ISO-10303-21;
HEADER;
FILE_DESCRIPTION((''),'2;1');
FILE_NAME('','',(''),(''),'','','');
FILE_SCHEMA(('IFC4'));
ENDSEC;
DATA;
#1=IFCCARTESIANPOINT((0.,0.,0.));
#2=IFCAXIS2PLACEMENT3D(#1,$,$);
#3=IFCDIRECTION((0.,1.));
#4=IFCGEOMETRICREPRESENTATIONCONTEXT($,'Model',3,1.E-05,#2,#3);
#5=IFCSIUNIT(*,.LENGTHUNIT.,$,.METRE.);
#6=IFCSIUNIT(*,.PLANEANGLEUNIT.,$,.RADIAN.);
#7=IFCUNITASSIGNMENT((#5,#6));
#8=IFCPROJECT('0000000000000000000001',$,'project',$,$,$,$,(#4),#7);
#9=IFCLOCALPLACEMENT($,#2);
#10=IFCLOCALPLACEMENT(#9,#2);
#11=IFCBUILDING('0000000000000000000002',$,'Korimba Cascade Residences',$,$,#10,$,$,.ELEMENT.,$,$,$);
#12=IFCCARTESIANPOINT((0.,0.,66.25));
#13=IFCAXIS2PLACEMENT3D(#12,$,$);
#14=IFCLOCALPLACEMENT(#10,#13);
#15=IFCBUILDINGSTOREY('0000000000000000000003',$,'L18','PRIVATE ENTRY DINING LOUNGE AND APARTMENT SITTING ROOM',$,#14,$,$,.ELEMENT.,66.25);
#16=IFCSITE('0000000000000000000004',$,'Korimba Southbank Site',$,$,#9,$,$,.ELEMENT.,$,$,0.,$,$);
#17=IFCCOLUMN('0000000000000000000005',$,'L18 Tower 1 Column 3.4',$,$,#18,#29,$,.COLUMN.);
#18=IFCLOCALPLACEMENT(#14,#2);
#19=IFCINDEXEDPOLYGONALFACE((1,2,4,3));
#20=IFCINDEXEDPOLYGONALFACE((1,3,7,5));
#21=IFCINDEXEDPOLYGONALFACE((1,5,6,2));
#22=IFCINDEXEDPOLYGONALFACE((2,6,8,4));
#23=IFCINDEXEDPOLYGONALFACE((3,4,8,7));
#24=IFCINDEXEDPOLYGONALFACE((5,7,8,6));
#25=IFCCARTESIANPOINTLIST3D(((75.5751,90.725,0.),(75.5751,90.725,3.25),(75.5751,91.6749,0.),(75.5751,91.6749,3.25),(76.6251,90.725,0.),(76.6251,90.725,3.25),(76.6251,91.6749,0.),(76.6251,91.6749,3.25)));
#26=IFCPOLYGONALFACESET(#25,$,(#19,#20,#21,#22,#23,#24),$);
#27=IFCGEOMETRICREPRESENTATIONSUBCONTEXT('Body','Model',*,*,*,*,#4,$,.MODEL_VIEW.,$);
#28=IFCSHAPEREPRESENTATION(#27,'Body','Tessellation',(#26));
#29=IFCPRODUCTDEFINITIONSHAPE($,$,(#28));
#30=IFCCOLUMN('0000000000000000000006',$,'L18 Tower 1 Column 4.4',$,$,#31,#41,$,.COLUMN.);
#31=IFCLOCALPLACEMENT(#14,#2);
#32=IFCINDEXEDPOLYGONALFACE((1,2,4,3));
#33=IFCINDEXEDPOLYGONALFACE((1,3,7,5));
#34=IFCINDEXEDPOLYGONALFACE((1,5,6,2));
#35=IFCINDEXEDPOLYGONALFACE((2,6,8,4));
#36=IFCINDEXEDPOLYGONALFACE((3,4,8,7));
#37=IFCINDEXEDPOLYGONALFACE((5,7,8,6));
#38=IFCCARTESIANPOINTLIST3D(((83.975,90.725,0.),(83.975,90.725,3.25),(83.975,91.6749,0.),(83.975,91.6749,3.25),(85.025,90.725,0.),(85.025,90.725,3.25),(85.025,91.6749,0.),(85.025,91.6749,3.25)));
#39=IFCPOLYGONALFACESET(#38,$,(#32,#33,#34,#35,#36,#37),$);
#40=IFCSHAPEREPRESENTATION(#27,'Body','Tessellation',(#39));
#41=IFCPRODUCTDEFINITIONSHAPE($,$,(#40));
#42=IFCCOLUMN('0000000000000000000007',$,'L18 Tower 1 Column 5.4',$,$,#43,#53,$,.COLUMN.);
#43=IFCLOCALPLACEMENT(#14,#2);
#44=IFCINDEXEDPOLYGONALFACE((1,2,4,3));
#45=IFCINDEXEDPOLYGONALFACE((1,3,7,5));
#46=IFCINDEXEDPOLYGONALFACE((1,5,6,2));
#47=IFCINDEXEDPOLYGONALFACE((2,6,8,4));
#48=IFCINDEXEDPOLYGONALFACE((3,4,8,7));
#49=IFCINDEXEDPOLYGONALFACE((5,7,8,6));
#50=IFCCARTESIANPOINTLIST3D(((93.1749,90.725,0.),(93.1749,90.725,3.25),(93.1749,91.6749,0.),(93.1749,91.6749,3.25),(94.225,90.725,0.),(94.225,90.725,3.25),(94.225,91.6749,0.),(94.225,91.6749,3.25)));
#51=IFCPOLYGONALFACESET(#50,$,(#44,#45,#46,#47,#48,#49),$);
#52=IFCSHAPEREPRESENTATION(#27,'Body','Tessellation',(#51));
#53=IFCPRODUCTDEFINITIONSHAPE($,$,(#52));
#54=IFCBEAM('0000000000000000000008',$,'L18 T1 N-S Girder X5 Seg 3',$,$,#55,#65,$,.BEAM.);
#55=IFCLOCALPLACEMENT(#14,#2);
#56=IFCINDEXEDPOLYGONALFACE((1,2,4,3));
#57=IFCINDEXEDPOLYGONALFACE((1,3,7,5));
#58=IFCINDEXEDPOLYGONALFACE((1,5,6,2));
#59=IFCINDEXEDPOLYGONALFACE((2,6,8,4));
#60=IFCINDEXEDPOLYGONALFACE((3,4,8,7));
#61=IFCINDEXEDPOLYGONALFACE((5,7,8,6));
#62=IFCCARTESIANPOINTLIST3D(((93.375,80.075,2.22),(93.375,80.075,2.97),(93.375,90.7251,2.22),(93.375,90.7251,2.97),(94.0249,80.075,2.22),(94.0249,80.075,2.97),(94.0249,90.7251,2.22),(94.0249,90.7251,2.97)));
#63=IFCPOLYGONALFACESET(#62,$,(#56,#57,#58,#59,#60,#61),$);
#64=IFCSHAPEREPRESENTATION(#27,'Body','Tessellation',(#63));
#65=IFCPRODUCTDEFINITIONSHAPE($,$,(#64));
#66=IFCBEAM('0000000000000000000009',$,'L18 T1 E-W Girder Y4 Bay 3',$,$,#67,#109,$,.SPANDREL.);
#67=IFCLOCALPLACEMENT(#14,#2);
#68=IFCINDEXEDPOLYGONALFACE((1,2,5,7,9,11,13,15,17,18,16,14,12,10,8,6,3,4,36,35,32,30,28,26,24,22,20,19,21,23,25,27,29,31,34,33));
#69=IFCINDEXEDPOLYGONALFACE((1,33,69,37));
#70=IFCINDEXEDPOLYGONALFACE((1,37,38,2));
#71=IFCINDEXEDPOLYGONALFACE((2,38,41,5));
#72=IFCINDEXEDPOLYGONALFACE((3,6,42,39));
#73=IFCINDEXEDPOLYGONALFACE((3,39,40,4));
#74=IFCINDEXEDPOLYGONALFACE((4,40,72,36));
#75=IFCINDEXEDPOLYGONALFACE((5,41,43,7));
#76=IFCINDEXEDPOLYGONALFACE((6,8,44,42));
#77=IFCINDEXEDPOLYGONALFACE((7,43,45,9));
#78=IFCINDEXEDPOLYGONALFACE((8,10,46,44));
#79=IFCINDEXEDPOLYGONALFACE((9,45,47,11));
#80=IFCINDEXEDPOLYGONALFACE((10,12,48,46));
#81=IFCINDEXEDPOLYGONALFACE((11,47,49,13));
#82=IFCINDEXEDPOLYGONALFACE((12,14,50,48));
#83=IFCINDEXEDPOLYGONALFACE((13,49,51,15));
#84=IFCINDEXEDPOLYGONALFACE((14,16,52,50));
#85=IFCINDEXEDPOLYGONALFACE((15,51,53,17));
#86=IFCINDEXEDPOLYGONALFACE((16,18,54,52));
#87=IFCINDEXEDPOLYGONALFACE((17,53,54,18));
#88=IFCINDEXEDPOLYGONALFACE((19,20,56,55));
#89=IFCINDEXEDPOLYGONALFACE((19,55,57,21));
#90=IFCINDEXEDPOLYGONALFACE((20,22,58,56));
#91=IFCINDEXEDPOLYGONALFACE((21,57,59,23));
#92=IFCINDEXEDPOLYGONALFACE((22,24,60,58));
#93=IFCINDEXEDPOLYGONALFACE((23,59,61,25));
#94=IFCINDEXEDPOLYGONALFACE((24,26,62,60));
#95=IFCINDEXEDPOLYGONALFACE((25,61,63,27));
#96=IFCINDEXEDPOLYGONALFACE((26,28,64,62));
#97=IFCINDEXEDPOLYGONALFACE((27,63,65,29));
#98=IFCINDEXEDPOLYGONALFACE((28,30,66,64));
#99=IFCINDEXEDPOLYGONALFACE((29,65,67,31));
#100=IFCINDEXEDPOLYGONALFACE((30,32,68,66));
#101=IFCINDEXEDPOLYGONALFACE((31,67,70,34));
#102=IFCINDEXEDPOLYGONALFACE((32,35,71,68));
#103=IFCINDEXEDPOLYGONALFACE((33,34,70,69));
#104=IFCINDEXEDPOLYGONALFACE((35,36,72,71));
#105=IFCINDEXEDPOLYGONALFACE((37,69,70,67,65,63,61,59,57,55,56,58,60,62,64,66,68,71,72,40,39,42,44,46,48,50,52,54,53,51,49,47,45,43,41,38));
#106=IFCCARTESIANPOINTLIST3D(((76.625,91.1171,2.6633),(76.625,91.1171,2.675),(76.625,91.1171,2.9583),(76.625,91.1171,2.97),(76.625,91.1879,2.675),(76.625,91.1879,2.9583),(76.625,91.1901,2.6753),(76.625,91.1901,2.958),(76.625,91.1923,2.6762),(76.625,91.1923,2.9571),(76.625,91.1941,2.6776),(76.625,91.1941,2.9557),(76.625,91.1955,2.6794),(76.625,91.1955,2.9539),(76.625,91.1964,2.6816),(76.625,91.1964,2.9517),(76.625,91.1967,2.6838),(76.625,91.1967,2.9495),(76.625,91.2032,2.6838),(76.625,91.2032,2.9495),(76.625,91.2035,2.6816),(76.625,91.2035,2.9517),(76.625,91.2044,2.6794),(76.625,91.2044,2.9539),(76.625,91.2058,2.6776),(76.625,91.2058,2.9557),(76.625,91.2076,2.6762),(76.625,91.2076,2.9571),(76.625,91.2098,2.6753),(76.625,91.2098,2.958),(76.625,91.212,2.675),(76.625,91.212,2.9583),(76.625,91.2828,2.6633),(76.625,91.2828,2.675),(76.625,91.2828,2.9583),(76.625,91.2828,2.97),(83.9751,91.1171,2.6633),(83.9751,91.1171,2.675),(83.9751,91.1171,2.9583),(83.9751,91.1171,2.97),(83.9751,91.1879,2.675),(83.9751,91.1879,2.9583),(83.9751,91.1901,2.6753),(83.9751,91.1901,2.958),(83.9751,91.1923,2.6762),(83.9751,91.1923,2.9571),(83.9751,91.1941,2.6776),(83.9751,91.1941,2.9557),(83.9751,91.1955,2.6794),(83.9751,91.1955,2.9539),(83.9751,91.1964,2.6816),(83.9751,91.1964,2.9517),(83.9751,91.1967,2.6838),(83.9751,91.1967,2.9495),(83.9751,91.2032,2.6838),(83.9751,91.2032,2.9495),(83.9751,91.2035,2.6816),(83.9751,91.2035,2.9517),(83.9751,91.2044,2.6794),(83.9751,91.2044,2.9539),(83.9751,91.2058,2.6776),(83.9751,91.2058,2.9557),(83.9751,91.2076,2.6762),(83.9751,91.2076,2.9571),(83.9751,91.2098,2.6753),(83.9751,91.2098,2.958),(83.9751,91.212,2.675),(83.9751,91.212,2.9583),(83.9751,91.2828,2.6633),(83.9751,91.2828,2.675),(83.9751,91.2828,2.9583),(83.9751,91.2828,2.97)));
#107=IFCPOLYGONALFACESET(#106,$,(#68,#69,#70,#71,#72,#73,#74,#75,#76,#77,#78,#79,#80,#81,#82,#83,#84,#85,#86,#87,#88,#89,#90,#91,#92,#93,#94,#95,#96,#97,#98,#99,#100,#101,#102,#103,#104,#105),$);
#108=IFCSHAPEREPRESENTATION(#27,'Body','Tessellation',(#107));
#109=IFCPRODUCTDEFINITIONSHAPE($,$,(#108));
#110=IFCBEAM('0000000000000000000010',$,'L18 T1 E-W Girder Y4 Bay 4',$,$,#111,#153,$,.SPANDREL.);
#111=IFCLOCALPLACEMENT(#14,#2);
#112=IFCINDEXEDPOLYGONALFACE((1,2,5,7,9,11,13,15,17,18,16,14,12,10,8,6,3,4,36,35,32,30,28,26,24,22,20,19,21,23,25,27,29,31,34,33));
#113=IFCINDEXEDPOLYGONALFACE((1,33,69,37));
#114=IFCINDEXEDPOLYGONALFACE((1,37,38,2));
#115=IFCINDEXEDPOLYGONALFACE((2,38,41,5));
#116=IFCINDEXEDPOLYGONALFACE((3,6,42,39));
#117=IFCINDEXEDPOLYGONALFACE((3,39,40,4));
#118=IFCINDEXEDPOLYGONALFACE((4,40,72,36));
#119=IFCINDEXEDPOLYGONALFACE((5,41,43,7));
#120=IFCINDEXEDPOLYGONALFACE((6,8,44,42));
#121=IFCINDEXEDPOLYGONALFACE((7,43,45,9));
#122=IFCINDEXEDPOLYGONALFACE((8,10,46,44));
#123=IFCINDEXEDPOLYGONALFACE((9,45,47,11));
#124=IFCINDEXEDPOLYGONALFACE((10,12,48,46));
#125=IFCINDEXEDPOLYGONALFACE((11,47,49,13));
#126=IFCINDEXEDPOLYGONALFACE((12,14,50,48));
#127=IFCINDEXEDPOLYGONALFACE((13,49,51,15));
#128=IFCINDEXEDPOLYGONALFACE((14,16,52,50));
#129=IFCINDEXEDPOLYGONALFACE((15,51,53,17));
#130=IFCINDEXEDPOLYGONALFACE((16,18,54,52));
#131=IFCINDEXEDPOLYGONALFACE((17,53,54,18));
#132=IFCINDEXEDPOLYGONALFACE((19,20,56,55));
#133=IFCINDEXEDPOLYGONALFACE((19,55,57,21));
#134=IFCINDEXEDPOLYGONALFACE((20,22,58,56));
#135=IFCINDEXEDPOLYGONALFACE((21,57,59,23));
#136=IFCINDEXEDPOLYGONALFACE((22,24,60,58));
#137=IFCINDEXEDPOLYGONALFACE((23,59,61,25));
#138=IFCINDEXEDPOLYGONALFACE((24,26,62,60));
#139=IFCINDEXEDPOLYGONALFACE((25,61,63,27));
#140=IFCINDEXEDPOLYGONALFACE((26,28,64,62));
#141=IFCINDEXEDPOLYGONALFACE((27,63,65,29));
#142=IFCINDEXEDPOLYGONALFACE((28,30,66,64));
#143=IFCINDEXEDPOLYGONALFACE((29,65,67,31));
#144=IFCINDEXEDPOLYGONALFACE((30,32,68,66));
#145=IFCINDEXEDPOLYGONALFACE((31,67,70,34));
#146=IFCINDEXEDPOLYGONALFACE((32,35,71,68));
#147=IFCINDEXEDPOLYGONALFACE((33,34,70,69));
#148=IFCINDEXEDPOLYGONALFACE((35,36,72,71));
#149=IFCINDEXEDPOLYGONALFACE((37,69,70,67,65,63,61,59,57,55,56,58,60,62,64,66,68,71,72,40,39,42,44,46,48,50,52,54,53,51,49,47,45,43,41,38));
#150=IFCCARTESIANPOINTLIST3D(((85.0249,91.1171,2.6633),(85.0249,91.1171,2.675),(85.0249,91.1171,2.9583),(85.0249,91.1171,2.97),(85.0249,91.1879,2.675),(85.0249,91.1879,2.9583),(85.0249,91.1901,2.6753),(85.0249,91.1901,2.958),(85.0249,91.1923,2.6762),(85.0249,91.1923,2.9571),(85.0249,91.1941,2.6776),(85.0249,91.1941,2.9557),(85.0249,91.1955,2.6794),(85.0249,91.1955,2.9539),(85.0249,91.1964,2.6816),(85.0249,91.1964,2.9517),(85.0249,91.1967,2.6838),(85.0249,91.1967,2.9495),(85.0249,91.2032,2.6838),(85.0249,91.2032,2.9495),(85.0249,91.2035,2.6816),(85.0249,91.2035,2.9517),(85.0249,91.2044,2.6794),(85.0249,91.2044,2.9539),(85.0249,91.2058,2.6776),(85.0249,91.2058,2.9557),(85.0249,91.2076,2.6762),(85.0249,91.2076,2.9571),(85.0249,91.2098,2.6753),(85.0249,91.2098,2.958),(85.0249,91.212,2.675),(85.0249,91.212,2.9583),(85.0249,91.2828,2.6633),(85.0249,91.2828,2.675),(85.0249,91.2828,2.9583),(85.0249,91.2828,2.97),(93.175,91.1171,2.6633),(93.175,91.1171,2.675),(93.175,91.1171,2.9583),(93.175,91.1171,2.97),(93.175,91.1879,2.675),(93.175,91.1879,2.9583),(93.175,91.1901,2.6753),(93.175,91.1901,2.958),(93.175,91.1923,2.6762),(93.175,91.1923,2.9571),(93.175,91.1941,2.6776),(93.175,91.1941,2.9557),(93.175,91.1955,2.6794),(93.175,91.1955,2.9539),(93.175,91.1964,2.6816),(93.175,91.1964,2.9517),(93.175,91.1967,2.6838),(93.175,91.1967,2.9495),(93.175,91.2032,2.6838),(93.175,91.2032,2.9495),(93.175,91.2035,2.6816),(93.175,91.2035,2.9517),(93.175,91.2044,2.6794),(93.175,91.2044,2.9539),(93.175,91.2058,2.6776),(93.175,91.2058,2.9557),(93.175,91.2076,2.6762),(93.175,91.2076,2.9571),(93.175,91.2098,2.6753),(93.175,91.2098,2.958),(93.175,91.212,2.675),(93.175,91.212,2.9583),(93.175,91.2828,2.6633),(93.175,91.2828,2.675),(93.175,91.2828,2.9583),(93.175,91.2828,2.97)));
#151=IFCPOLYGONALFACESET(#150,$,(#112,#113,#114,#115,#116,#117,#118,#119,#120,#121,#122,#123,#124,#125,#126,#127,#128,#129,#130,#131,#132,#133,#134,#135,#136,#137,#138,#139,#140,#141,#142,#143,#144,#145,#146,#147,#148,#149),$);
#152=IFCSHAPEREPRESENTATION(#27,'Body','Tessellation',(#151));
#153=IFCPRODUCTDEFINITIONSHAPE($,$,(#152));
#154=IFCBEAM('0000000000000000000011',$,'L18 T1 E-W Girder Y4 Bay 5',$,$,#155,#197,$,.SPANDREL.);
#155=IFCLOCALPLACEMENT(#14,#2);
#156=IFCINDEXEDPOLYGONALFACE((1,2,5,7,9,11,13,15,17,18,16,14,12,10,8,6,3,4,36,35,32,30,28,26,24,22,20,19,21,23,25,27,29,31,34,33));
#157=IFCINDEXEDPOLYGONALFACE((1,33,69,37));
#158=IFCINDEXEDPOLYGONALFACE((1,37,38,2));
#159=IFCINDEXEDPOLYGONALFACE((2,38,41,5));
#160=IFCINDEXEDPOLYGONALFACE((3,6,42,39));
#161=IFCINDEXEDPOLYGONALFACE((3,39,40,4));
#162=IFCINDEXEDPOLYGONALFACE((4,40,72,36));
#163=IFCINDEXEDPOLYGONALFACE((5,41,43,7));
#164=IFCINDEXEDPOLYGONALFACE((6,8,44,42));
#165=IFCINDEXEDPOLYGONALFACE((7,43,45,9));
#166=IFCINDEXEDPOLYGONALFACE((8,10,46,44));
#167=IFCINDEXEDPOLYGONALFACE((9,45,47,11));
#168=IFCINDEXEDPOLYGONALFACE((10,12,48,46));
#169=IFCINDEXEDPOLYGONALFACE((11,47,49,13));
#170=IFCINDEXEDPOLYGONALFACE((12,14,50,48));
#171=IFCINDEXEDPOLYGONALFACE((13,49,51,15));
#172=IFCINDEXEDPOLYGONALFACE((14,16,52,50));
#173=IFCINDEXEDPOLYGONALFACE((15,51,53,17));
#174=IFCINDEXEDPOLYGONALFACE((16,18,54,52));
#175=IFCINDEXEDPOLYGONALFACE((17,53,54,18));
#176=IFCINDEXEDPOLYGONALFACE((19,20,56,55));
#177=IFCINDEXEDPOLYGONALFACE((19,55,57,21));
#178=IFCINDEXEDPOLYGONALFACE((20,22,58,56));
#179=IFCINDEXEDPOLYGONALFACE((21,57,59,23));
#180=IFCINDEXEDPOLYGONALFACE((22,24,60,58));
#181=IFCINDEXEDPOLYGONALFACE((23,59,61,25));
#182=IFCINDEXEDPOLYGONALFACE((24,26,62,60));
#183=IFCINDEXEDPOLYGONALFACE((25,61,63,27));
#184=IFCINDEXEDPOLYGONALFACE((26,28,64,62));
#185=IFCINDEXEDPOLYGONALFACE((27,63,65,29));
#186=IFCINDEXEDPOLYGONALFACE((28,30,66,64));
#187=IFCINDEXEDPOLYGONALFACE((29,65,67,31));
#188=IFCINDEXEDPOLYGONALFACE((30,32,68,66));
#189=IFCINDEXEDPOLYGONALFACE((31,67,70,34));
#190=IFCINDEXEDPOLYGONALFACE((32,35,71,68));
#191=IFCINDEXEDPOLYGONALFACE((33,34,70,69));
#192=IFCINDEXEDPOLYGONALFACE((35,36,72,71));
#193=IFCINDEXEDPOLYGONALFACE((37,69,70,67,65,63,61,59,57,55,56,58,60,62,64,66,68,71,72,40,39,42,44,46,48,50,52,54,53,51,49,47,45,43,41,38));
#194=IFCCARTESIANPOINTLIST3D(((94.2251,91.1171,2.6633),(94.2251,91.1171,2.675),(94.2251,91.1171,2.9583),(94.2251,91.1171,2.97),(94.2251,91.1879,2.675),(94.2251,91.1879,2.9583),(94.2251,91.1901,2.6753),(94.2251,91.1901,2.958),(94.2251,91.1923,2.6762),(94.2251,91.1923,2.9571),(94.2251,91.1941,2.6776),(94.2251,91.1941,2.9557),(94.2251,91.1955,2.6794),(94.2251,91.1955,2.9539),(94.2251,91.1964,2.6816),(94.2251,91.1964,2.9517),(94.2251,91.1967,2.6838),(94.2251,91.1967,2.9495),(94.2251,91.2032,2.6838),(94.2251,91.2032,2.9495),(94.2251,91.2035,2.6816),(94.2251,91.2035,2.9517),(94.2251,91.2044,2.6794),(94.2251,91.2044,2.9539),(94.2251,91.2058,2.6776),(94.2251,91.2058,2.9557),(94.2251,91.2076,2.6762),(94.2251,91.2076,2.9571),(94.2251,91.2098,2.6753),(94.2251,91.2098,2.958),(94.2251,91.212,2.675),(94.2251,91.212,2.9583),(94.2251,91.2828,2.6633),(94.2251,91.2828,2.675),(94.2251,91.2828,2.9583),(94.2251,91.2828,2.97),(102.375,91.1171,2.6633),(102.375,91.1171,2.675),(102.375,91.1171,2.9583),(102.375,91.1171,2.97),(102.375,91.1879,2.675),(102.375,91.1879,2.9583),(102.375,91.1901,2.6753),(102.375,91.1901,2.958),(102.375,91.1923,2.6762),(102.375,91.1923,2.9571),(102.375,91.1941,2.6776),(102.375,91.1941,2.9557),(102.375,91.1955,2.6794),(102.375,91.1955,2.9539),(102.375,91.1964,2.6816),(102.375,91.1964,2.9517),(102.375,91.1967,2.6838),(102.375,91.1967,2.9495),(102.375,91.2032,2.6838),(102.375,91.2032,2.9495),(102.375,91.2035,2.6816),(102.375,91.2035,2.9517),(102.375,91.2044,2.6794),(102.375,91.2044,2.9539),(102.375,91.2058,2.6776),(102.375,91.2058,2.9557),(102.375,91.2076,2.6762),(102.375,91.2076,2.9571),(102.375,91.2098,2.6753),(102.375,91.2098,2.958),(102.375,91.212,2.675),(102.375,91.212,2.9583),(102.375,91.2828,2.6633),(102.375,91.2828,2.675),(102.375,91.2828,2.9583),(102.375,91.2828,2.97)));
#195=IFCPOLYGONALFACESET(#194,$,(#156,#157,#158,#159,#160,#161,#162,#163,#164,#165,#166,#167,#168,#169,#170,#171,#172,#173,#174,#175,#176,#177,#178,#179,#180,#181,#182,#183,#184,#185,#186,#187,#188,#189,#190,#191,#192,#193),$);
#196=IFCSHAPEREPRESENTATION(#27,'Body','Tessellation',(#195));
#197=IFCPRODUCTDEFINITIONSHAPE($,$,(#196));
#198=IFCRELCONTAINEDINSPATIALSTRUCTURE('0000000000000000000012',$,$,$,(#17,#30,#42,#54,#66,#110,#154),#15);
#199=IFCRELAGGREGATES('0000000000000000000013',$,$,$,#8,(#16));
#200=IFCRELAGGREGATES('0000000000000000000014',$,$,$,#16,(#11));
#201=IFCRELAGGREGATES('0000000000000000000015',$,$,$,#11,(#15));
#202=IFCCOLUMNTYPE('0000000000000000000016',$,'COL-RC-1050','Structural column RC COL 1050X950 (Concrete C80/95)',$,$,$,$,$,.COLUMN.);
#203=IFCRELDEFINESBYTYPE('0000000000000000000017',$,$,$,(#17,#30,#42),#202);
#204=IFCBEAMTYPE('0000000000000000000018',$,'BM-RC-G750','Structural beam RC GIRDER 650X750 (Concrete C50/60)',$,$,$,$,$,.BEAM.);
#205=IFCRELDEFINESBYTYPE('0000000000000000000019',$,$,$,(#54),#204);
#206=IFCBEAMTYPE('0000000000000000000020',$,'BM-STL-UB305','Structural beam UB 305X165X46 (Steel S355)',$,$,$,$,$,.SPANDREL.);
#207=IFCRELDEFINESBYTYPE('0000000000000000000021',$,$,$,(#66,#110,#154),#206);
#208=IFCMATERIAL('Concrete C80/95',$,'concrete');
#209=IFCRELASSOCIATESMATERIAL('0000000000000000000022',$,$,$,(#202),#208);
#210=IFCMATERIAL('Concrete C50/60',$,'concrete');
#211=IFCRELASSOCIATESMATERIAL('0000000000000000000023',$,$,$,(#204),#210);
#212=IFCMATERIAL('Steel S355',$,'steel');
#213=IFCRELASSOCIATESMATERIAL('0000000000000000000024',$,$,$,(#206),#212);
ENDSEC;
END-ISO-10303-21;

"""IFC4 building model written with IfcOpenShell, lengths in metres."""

from ifc_helpers import new_model, si_unit, direction, frame, origin, origin_2d, place, context, subcontext, project, spatial, rectangle, i_section, extrude, material, material_profile, profile_set, type_object, element, save


model = new_model("IFC4")

# Units and contexts
model_context = context("Model", 3, precision=1e-05, world=origin(), true_north=direction((0.0, 1.0)))
body_context = subcontext(model_context, "Body", "Model", "MODEL_VIEW")
ifc_project = project(units=[si_unit("LENGTHUNIT", "METRE"), si_unit("PLANEANGLEUNIT", "RADIAN")], contexts=[model_context])

# Site, building, storey
site_placement = place(None, origin())
site = spatial("IfcSite", under=ifc_project, at=site_placement, Name="Korimba Southbank Site", CompositionType="ELEMENT", RefElevation=0.0)
building_placement = place(site_placement, origin())
building = spatial("IfcBuilding", under=site, at=building_placement, Name="Korimba Cascade Residences", CompositionType="ELEMENT")
storey_placement = place(building_placement, frame((0.0, 0.0, 66.25)))
storey = spatial("IfcBuildingStorey", under=building, at=storey_placement, Name="L18", Description="PRIVATE ENTRY DINING LOUNGE AND APARTMENT SITTING ROOM", CompositionType="ELEMENT", Elevation=66.25)

# Columns
ifc_material_1 = material(Name="Concrete C80/95", Category="concrete")
ifc_material_profile_1 = material_profile(ifc_material_1, rectangle(XDim=1.05, YDim=0.95, at=origin_2d()), Name="Concrete C80/95")
ifc_profile_set_1 = profile_set([ifc_material_profile_1], Name="Concrete C80/95")
column_type = type_object("IfcColumnType", Name="COL-RC-1050", Description="Structural column RC COL 1050X950 (Concrete C80/95)", PredefinedType="COLUMN", material=ifc_profile_set_1)
for number, where, z_axis, x_axis, name in (
    (1, (76.1001, 91.2, 0.0), (0.0, 0.0, 1.0), (1.0, 0.0, 0.0), "L18 Tower 1 Column 3.4"),
    (2, (84.5, 91.2, 0.0), (0.0, 0.0, 1.0), (1.0, 0.0, 0.0), "L18 Tower 1 Column 4.4"),
    (3, (93.7, 91.2, 0.0), (0.0, 0.0, 1.0), (1.0, 0.0, 0.0), "L18 Tower 1 Column 5.4"),
):
    element("IfcColumn", number, at=place(storey_placement, frame(where, z_axis=z_axis, x_axis=x_axis)), inside=storey, type_object=column_type, Name=name, PredefinedType="COLUMN", context=body_context, shape_type="SweptSolid", body=[
        extrude(rectangle(XDim=1.05, YDim=0.95, at=origin_2d()), origin(), (0.0, 0.0, 1.0), 3.25),
    ])

# Beams
ifc_material_2 = material(Name="Concrete C50/60", Category="concrete")
ifc_material_profile_2 = material_profile(ifc_material_2, rectangle(XDim=0.6499, YDim=0.75, at=origin_2d()), Name="Concrete C50/60")
ifc_profile_set_2 = profile_set([ifc_material_profile_2], Name="Concrete C50/60")
beam_type_1 = type_object("IfcBeamType", Name="BM-RC-G750", Description="Structural beam RC GIRDER 650X750 (Concrete C50/60)", PredefinedType="BEAM", material=ifc_profile_set_2)
beam_1_placement = place(storey_placement, frame((93.7, 80.075, 2.595), z_axis=(0.0, 1.0, 0.0), x_axis=(-1.0, 0.0, 0.0)))
element("IfcBeam", 4, at=beam_1_placement, inside=storey, type_object=beam_type_1, Name="L18 T1 N-S Girder X5 Seg 3", PredefinedType="BEAM", context=body_context, shape_type="SweptSolid", body=[
    extrude(rectangle(XDim=0.6499, YDim=0.75, at=origin_2d()), origin(), (0.0, 0.0, 1.0), 10.6501),
])
ifc_material_3 = material(Name="Steel S355", Category="steel")
ifc_material_profile_3 = material_profile(ifc_material_3, i_section(OverallWidth=0.1658, OverallDepth=0.3066, WebThickness=0.0066, FlangeThickness=0.0117, FilletRadius=0.0088, at=origin_2d()), Name="Steel S355")
ifc_profile_set_3 = profile_set([ifc_material_profile_3], Name="Steel S355")
beam_type_2 = type_object("IfcBeamType", Name="BM-STL-UB305", Description="Structural beam UB 305X165X46 (Steel S355)", PredefinedType="SPANDREL", material=ifc_profile_set_3)
beam_2_placement = place(storey_placement, frame((76.625, 91.2, 2.8167), z_axis=(1.0, 0.0, 0.0), x_axis=(0.0, 1.0, 0.0)))
element("IfcBeam", 5, at=beam_2_placement, inside=storey, type_object=beam_type_2, Name="L18 T1 E-W Girder Y4 Bay 3", PredefinedType="SPANDREL", context=body_context, shape_type="SweptSolid", body=[
    extrude(i_section(OverallWidth=0.1658, OverallDepth=0.3066, WebThickness=0.0066, FlangeThickness=0.0117, FilletRadius=0.0088, at=origin_2d()), origin(), (0.0, 0.0, 1.0), 7.3501),
])
beam_3_placement = place(storey_placement, frame((85.0249, 91.2, 2.8167), z_axis=(1.0, 0.0, 0.0), x_axis=(0.0, 1.0, 0.0)))
element("IfcBeam", 6, at=beam_3_placement, inside=storey, type_object=beam_type_2, Name="L18 T1 E-W Girder Y4 Bay 4", PredefinedType="SPANDREL", context=body_context, shape_type="SweptSolid", body=[
    extrude(i_section(OverallWidth=0.1658, OverallDepth=0.3066, WebThickness=0.0066, FlangeThickness=0.0117, FilletRadius=0.0088, at=origin_2d()), origin(), (0.0, 0.0, 1.0), 8.1501),
])
beam_4_placement = place(storey_placement, frame((94.2251, 91.2, 2.8167), z_axis=(1.0, 0.0, 0.0), x_axis=(0.0, 1.0, 0.0)))
element("IfcBeam", 7, at=beam_4_placement, inside=storey, type_object=beam_type_2, Name="L18 T1 E-W Girder Y4 Bay 5", PredefinedType="SPANDREL", context=body_context, shape_type="SweptSolid", body=[
    extrude(i_section(OverallWidth=0.1658, OverallDepth=0.3066, WebThickness=0.0066, FlangeThickness=0.0117, FilletRadius=0.0088, at=origin_2d()), origin(), (0.0, 0.0, 1.0), 8.1499),
])

save(model, "model.ifc")
